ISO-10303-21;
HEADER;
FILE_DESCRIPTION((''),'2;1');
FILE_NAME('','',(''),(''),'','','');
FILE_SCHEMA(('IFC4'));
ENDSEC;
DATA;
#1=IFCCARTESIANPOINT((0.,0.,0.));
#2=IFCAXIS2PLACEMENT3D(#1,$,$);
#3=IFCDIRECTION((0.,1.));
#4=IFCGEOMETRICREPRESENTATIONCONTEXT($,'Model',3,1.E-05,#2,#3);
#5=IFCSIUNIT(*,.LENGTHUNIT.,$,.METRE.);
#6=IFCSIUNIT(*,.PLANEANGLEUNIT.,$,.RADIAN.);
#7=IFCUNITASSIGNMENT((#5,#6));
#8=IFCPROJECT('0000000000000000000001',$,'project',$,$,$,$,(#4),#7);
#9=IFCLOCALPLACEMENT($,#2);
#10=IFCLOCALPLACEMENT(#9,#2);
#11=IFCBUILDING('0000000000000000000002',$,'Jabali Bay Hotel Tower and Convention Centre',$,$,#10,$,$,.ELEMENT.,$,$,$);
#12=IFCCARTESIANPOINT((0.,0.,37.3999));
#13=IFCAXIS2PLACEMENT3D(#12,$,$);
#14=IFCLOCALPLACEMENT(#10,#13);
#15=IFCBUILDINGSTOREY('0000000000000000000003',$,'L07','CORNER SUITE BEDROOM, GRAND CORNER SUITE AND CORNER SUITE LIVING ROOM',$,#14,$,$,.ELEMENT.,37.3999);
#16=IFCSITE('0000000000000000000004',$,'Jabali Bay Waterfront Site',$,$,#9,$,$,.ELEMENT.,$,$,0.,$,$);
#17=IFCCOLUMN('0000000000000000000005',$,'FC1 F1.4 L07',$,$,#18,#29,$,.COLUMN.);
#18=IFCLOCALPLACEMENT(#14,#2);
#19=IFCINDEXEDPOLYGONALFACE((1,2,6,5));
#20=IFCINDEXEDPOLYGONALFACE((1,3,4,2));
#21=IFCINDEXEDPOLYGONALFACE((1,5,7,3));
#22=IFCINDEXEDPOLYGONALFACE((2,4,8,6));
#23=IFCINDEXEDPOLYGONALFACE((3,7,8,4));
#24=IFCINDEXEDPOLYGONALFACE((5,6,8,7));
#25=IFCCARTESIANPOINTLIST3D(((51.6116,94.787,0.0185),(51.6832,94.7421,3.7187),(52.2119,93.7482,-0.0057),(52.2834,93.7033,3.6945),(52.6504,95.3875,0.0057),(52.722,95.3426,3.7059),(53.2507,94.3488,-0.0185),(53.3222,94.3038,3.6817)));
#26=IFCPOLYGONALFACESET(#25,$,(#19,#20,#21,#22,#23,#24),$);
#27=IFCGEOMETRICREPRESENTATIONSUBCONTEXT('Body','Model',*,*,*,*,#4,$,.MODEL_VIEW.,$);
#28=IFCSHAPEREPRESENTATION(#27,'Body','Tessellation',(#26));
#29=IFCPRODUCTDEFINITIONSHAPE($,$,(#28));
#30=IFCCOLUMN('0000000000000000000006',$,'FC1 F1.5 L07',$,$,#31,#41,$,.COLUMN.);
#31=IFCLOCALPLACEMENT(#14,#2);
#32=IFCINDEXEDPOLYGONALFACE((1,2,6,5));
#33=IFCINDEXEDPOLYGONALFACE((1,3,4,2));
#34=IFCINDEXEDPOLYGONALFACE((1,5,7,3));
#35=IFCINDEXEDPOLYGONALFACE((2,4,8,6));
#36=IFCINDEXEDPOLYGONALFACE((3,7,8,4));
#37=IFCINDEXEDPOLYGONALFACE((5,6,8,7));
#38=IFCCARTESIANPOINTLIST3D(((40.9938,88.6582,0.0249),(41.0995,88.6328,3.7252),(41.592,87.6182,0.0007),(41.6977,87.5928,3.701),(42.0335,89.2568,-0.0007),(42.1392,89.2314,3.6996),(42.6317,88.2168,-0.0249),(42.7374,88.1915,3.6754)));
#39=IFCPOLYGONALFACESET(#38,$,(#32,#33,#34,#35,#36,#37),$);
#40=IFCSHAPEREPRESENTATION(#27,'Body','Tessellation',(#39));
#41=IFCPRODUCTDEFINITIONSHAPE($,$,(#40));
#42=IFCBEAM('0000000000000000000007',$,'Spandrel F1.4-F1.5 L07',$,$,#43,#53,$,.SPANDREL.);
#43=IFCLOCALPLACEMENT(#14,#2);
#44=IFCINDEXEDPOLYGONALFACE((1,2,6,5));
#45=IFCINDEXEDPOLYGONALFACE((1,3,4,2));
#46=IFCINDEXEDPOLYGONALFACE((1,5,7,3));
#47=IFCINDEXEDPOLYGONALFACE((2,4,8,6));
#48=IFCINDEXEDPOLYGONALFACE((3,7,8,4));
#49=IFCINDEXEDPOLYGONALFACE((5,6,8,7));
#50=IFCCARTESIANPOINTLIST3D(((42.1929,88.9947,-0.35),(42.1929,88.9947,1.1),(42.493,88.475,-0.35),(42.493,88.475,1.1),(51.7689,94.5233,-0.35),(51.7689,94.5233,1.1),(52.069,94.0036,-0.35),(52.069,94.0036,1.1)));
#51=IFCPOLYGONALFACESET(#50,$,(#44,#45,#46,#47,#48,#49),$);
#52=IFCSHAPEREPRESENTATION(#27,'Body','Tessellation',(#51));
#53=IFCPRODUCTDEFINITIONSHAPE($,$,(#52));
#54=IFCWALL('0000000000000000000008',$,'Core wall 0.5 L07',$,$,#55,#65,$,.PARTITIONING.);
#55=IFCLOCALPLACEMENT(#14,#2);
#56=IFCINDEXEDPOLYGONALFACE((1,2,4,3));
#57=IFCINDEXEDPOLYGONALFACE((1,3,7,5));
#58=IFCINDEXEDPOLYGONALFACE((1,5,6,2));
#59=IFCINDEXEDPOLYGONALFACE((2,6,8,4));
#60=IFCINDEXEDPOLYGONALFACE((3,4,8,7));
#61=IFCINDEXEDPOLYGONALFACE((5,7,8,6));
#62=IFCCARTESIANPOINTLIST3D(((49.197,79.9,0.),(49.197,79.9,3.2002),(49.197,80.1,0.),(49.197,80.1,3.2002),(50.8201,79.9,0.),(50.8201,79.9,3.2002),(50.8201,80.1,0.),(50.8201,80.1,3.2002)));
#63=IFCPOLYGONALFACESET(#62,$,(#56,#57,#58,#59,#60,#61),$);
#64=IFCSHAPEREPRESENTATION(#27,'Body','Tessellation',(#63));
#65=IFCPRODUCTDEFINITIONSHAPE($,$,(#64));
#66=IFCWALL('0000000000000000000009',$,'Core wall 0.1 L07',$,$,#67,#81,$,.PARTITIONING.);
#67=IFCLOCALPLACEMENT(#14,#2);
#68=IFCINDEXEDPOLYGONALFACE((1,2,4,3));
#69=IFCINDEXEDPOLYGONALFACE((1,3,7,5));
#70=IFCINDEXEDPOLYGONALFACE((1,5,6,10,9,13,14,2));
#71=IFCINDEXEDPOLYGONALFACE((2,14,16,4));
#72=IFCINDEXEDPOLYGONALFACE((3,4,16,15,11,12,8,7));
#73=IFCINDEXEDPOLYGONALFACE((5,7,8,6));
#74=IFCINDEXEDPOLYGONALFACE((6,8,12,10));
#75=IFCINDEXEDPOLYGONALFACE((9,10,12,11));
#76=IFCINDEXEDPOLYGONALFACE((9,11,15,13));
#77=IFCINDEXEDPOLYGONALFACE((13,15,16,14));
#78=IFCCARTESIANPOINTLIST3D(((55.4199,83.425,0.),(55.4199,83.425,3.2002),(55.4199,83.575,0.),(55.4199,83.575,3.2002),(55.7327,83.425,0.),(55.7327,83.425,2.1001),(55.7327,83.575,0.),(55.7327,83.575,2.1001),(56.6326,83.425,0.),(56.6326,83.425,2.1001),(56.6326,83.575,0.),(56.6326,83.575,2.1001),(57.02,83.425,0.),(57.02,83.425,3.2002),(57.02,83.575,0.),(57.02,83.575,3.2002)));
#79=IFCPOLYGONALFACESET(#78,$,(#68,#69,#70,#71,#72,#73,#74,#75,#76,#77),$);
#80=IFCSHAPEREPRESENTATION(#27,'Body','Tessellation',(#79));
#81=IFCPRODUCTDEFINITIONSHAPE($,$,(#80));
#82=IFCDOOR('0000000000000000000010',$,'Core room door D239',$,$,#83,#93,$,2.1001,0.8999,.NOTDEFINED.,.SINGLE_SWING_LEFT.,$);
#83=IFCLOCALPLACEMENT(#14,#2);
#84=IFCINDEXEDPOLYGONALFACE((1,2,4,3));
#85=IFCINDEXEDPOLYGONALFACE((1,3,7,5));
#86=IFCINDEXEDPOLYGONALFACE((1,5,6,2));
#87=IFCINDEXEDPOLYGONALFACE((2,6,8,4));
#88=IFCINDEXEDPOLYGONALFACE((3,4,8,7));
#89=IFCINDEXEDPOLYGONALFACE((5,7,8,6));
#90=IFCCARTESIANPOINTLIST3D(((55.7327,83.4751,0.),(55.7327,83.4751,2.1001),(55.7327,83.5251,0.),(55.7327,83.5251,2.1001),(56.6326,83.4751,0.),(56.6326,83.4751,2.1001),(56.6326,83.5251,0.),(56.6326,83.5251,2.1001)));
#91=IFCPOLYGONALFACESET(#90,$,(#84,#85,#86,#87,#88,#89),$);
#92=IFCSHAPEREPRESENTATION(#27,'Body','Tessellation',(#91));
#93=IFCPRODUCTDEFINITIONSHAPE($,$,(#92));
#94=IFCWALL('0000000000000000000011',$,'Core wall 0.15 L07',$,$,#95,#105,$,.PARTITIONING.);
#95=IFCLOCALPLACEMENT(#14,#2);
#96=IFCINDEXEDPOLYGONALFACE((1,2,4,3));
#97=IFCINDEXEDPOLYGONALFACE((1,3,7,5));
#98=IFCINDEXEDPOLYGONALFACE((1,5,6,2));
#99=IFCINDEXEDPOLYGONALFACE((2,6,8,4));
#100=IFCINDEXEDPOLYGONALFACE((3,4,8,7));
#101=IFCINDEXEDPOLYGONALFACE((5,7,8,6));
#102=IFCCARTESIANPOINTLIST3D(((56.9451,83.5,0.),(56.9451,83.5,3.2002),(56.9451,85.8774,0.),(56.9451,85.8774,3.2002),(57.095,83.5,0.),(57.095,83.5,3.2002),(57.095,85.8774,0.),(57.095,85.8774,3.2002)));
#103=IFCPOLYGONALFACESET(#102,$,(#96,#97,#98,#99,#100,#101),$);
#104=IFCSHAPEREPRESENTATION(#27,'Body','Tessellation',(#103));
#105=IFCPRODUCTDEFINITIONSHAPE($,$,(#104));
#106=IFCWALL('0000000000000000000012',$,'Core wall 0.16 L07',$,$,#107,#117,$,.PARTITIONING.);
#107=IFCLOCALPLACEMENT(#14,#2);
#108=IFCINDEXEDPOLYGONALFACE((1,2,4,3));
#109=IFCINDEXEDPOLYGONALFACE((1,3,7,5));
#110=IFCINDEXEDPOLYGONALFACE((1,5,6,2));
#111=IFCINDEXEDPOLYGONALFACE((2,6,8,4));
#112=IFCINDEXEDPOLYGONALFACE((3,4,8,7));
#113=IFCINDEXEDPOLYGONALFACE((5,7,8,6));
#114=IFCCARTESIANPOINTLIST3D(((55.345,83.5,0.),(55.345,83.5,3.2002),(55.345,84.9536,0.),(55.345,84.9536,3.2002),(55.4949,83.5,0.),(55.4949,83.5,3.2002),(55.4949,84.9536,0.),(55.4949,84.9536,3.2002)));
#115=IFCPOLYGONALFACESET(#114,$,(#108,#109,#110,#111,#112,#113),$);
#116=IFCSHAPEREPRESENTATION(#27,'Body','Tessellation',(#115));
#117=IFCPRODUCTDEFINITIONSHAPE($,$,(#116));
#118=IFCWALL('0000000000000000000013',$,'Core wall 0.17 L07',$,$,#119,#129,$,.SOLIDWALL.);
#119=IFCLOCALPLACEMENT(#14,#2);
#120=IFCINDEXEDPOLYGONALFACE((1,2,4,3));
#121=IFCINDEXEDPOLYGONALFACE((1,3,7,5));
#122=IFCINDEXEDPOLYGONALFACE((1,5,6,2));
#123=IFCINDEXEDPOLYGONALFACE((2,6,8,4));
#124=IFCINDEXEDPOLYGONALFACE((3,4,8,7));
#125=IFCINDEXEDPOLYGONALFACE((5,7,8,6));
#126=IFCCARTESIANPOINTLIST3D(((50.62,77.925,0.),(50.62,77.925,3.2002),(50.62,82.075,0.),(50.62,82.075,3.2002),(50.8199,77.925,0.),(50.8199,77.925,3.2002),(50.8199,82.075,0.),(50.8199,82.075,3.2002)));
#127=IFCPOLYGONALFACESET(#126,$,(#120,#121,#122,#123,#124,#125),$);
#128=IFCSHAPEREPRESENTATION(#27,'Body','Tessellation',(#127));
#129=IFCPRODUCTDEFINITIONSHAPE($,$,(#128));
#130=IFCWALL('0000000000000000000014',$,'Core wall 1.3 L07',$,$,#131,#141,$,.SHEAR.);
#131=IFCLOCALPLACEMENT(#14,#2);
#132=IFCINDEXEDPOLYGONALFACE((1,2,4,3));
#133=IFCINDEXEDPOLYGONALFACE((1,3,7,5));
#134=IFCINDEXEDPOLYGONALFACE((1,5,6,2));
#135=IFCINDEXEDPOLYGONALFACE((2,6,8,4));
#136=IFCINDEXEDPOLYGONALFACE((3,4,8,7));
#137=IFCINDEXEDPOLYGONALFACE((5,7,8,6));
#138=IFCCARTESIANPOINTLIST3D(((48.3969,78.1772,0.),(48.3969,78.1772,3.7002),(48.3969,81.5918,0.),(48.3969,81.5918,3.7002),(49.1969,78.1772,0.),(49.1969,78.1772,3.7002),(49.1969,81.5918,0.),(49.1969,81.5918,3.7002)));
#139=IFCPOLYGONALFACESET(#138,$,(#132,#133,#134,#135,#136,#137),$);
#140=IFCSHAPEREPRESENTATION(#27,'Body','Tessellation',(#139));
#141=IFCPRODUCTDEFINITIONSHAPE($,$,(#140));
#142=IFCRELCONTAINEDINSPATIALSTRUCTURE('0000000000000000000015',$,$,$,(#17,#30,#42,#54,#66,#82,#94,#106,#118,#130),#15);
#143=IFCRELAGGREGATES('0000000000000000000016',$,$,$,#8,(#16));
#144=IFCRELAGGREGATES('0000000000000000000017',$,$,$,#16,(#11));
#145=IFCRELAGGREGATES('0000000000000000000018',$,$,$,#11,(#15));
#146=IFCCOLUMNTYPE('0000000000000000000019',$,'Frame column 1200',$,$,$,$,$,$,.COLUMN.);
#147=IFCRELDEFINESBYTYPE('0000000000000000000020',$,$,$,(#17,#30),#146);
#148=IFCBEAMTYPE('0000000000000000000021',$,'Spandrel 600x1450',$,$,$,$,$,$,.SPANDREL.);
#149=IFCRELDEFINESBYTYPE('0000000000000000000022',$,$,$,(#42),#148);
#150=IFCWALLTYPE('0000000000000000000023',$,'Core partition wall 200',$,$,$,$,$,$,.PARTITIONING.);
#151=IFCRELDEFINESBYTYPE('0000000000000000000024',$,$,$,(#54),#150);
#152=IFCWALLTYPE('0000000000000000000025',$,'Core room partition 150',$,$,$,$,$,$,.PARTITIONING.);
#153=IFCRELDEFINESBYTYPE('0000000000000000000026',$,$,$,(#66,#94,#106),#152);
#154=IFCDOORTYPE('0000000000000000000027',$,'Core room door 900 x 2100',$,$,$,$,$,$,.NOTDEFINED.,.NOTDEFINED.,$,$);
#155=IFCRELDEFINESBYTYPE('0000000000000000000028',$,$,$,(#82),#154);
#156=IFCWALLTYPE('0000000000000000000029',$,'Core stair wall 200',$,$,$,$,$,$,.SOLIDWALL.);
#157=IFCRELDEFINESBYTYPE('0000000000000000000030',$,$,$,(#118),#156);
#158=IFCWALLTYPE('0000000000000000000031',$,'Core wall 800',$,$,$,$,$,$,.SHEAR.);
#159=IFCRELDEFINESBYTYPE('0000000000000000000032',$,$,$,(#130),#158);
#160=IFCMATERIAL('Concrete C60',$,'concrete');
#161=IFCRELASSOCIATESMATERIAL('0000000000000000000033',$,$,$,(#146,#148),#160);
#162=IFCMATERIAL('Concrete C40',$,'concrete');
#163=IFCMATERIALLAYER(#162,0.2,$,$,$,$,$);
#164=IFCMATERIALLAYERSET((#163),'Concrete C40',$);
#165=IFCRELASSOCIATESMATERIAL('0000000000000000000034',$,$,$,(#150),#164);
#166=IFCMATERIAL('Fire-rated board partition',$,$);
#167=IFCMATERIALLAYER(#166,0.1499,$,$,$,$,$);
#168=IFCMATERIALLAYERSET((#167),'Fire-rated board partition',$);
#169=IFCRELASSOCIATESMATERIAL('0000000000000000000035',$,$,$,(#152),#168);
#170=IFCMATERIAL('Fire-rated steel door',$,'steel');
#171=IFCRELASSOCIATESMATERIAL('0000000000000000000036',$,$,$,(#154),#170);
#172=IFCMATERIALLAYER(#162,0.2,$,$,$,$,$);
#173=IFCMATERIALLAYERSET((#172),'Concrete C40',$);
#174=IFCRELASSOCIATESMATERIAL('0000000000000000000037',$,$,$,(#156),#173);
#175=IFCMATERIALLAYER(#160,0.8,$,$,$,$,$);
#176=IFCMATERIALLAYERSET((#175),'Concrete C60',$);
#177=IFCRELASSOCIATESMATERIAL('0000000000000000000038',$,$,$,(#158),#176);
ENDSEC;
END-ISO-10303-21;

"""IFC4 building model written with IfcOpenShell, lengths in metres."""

from ifc_helpers import new_model, si_unit, direction, frame, frame_2d, origin, origin_2d, place, context, subcontext, project, spatial, rectangle, extrude, material, layer, layer_set, material_profile, profile_set, type_object, element, fill, save


model = new_model("IFC4")

# Units and contexts
model_context = context("Model", 3, precision=1e-05, world=origin(), true_north=direction((0.0, 1.0)))
body_context = subcontext(model_context, "Body", "Model", "MODEL_VIEW")
ifc_project = project(units=[si_unit("LENGTHUNIT", "METRE"), si_unit("PLANEANGLEUNIT", "RADIAN")], contexts=[model_context])

# Site, building, storey
site_placement = place(None, origin())
site = spatial("IfcSite", under=ifc_project, at=site_placement, Name="Jabali Bay Waterfront Site", CompositionType="ELEMENT", RefElevation=0.0)
building_placement = place(site_placement, origin())
building = spatial("IfcBuilding", under=site, at=building_placement, Name="Jabali Bay Hotel Tower and Convention Centre", CompositionType="ELEMENT")
storey_placement = place(building_placement, frame((0.0, 0.0, 37.3999)))
storey = spatial("IfcBuildingStorey", under=building, at=storey_placement, Name="L07", Description="CORNER SUITE BEDROOM, GRAND CORNER SUITE AND CORNER SUITE LIVING ROOM", CompositionType="ELEMENT", Elevation=37.3999)

# Columns
ifc_material_1 = material(Name="Concrete C60", Category="concrete")
ifc_material_profile_1 = material_profile(ifc_material_1, rectangle(XDim=1.2, YDim=1.2, at=origin_2d()), Name="Frame column 1200")
ifc_profile_set_1 = profile_set([ifc_material_profile_1], Name="Concrete C60")
column_type = type_object("IfcColumnType", Name="Frame column 1200", PredefinedType="COLUMN", material=ifc_profile_set_1)
column_1_placement = place(storey_placement, frame((52.4312, 94.5679, 0.0), z_axis=(0.019327, -0.012137, 0.99974), x_axis=(-0.500206, 0.865671, 0.02018)))
element("IfcColumn", 1, at=column_1_placement, inside=storey, type_object=column_type, Name="FC1 F1.4 L07", PredefinedType="COLUMN", context=body_context, shape_type="SweptSolid", body=[
    extrude(rectangle(XDim=1.2, YDim=1.2, at=origin_2d()), origin(), (0.0, 0.0, 1.0), 3.7012),
])
column_2_placement = place(storey_placement, frame((41.8127, 88.4375, 0.0), z_axis=(0.028557, -0.006859, 0.999569), x_axis=(-0.498515, 0.866646, 0.020189)))
element("IfcColumn", 2, at=column_2_placement, inside=storey, type_object=column_type, Name="FC1 F1.5 L07", PredefinedType="COLUMN", context=body_context, shape_type="SweptSolid", body=[
    extrude(rectangle(XDim=1.2, YDim=1.2, at=origin_2d()), origin(), (0.0, 0.0, 1.0), 3.7019),
])

# Beam
ifc_material_profile_2 = material_profile(ifc_material_1, rectangle(XDim=0.6001, YDim=1.45, at=origin_2d()), Name="Spandrel 600x1450")
ifc_profile_set_2 = profile_set([ifc_material_profile_2], Name="Concrete C60")
beam_type = type_object("IfcBeamType", Name="Spandrel 600x1450", PredefinedType="SPANDREL", material=ifc_profile_set_2)
beam_placement = place(storey_placement, frame((51.9189, 94.2634, 0.375), z_axis=(-0.866029, -0.499993, 0.0), x_axis=(0.499993, -0.866029, 0.0)))
element("IfcBeam", 3, at=beam_placement, inside=storey, type_object=beam_type, Name="Spandrel F1.4-F1.5 L07", PredefinedType="SPANDREL", context=body_context, shape_type="SweptSolid", body=[
    extrude(rectangle(XDim=0.6001, YDim=1.45, at=origin_2d()), origin(), (0.0, 0.0, 1.0), 11.0574),
])

# Wall
ifc_material_2 = material(Name="Concrete C40", Category="concrete")
ifc_layer_1 = layer(ifc_material_2, 0.2)
ifc_layer_set_1 = layer_set([ifc_layer_1], Name="Concrete C40")
wall_type_1 = type_object("IfcWallType", Name="Core partition wall 200", PredefinedType="PARTITIONING", material=ifc_layer_set_1)
wall_1_placement = place(storey_placement, frame((50.8201, 80.0, 0.0), z_axis=(0.0, 0.0, 1.0), x_axis=(-1.0, 0.0, 0.0)))
element("IfcWall", 4, at=wall_1_placement, inside=storey, type_object=wall_type_1, Name="Core wall 0.5 L07", PredefinedType="PARTITIONING", context=body_context, shape_type="SweptSolid", body=[
    extrude(rectangle(XDim=1.623, YDim=0.2, at=frame_2d((0.8115, 0.0))), origin(), (0.0, 0.0, 1.0), 3.2002),
])

# Wall, opening, door
ifc_material_3 = material(Name="Fire-rated board partition")
ifc_layer_2 = layer(ifc_material_3, 0.1499)
ifc_layer_set_2 = layer_set([ifc_layer_2], Name="Fire-rated board partition")
wall_type_2 = type_object("IfcWallType", Name="Core room partition 150", PredefinedType="PARTITIONING", material=ifc_layer_set_2)
wall_2_placement = place(storey_placement, frame((57.02, 83.5, 0.0), z_axis=(0.0, 0.0, 1.0), x_axis=(-1.0, 0.0, 0.0)))
wall_2 = element("IfcWall", 5, at=wall_2_placement, inside=storey, type_object=wall_type_2, Name="Core wall 0.1 L07", PredefinedType="PARTITIONING", context=body_context, shape_type="SweptSolid", body=[
    extrude(rectangle(XDim=1.6001, YDim=0.1499, at=frame_2d((0.8, 0.0))), origin(), (0.0, 0.0, 1.0), 3.2002),
])
opening_placement = place(wall_2_placement, frame((0.3875, 0.0, 0.0)))
opening = element("IfcOpeningElement", 6, at=opening_placement, cuts=wall_2, PredefinedType="OPENING", context=body_context, shape_type="SweptSolid", body=[
    extrude(rectangle(XDim=0.8999, YDim=2.1001, at=frame_2d((0.45, 1.05))), frame((0.0, 0.0854, 0.0), z_axis=(0.0, -1.0, 0.0), x_axis=(1.0, 0.0, 0.0)), (0.0, 0.0, 1.0), 0.1709),
])
ifc_material_4 = material(Name="Fire-rated steel door", Category="steel")
door_type = type_object("IfcDoorType", Name="Core room door 900 x 2100", OperationType="NOTDEFINED", PredefinedType="NOTDEFINED", material=ifc_material_4)
door_placement = place(opening_placement, origin())
door = element("IfcDoor", 7, at=door_placement, inside=storey, type_object=door_type, Name="Core room door D239", OperationType="SINGLE_SWING_LEFT", OverallHeight=2.1001, OverallWidth=0.8999, PredefinedType="NOTDEFINED", context=body_context, shape_type="SweptSolid", body=[
    extrude(rectangle(XDim=0.8999, YDim=2.1001, at=frame_2d((0.45, 1.05))), frame((0.0, 0.0249, 0.0), z_axis=(0.0, -1.0, 0.0), x_axis=(1.0, 0.0, 0.0)), (0.0, 0.0, 1.0), 0.05),
])
fill(opening, door)

# Walls
wall_3_placement = place(storey_placement, frame((57.02, 85.8774, 0.0), z_axis=(0.0, 0.0, 1.0), x_axis=(0.0, -1.0, 0.0)))
element("IfcWall", 8, at=wall_3_placement, inside=storey, type_object=wall_type_2, Name="Core wall 0.15 L07", PredefinedType="PARTITIONING", context=body_context, shape_type="SweptSolid", body=[
    extrude(rectangle(XDim=2.3774, YDim=0.1499, at=frame_2d((1.1887, 0.0))), origin(), (0.0, 0.0, 1.0), 3.2002),
])
wall_4_placement = place(storey_placement, frame((55.4199, 84.9536, 0.0), z_axis=(0.0, 0.0, 1.0), x_axis=(0.0, -1.0, 0.0)))
element("IfcWall", 9, at=wall_4_placement, inside=storey, type_object=wall_type_2, Name="Core wall 0.16 L07", PredefinedType="PARTITIONING", context=body_context, shape_type="SweptSolid", body=[
    extrude(rectangle(XDim=1.4536, YDim=0.1499, at=frame_2d((0.7268, 0.0))), origin(), (0.0, 0.0, 1.0), 3.2002),
])
ifc_layer_3 = layer(ifc_material_2, 0.2)
ifc_layer_set_3 = layer_set([ifc_layer_3], Name="Concrete C40")
wall_type_3 = type_object("IfcWallType", Name="Core stair wall 200", PredefinedType="SOLIDWALL", material=ifc_layer_set_3)
wall_5_placement = place(storey_placement, frame((50.72, 82.075, 0.0), z_axis=(0.0, 0.0, 1.0), x_axis=(0.0, -1.0, 0.0)))
element("IfcWall", 10, at=wall_5_placement, inside=storey, type_object=wall_type_3, Name="Core wall 0.17 L07", PredefinedType="SOLIDWALL", context=body_context, shape_type="SweptSolid", body=[
    extrude(rectangle(XDim=4.1499, YDim=0.2, at=frame_2d((2.075, 0.0))), origin(), (0.0, 0.0, 1.0), 3.2002),
])
ifc_layer_4 = layer(ifc_material_1, 0.8)
ifc_layer_set_4 = layer_set([ifc_layer_4], Name="Concrete C60")
wall_type_4 = type_object("IfcWallType", Name="Core wall 800", PredefinedType="SHEAR", material=ifc_layer_set_4)
wall_6_placement = place(storey_placement, frame((48.7969, 81.5918, 0.0), z_axis=(0.0, 0.0, 1.0), x_axis=(0.0, -1.0, 0.0)))
element("IfcWall", 11, at=wall_6_placement, inside=storey, type_object=wall_type_4, Name="Core wall 1.3 L07", PredefinedType="SHEAR", context=body_context, shape_type="SweptSolid", body=[
    extrude(rectangle(XDim=3.4146, YDim=0.8, at=frame_2d((1.7073, 0.0))), origin(), (0.0, 0.0, 1.0), 3.7002),
])

save(model, "model.ifc")
